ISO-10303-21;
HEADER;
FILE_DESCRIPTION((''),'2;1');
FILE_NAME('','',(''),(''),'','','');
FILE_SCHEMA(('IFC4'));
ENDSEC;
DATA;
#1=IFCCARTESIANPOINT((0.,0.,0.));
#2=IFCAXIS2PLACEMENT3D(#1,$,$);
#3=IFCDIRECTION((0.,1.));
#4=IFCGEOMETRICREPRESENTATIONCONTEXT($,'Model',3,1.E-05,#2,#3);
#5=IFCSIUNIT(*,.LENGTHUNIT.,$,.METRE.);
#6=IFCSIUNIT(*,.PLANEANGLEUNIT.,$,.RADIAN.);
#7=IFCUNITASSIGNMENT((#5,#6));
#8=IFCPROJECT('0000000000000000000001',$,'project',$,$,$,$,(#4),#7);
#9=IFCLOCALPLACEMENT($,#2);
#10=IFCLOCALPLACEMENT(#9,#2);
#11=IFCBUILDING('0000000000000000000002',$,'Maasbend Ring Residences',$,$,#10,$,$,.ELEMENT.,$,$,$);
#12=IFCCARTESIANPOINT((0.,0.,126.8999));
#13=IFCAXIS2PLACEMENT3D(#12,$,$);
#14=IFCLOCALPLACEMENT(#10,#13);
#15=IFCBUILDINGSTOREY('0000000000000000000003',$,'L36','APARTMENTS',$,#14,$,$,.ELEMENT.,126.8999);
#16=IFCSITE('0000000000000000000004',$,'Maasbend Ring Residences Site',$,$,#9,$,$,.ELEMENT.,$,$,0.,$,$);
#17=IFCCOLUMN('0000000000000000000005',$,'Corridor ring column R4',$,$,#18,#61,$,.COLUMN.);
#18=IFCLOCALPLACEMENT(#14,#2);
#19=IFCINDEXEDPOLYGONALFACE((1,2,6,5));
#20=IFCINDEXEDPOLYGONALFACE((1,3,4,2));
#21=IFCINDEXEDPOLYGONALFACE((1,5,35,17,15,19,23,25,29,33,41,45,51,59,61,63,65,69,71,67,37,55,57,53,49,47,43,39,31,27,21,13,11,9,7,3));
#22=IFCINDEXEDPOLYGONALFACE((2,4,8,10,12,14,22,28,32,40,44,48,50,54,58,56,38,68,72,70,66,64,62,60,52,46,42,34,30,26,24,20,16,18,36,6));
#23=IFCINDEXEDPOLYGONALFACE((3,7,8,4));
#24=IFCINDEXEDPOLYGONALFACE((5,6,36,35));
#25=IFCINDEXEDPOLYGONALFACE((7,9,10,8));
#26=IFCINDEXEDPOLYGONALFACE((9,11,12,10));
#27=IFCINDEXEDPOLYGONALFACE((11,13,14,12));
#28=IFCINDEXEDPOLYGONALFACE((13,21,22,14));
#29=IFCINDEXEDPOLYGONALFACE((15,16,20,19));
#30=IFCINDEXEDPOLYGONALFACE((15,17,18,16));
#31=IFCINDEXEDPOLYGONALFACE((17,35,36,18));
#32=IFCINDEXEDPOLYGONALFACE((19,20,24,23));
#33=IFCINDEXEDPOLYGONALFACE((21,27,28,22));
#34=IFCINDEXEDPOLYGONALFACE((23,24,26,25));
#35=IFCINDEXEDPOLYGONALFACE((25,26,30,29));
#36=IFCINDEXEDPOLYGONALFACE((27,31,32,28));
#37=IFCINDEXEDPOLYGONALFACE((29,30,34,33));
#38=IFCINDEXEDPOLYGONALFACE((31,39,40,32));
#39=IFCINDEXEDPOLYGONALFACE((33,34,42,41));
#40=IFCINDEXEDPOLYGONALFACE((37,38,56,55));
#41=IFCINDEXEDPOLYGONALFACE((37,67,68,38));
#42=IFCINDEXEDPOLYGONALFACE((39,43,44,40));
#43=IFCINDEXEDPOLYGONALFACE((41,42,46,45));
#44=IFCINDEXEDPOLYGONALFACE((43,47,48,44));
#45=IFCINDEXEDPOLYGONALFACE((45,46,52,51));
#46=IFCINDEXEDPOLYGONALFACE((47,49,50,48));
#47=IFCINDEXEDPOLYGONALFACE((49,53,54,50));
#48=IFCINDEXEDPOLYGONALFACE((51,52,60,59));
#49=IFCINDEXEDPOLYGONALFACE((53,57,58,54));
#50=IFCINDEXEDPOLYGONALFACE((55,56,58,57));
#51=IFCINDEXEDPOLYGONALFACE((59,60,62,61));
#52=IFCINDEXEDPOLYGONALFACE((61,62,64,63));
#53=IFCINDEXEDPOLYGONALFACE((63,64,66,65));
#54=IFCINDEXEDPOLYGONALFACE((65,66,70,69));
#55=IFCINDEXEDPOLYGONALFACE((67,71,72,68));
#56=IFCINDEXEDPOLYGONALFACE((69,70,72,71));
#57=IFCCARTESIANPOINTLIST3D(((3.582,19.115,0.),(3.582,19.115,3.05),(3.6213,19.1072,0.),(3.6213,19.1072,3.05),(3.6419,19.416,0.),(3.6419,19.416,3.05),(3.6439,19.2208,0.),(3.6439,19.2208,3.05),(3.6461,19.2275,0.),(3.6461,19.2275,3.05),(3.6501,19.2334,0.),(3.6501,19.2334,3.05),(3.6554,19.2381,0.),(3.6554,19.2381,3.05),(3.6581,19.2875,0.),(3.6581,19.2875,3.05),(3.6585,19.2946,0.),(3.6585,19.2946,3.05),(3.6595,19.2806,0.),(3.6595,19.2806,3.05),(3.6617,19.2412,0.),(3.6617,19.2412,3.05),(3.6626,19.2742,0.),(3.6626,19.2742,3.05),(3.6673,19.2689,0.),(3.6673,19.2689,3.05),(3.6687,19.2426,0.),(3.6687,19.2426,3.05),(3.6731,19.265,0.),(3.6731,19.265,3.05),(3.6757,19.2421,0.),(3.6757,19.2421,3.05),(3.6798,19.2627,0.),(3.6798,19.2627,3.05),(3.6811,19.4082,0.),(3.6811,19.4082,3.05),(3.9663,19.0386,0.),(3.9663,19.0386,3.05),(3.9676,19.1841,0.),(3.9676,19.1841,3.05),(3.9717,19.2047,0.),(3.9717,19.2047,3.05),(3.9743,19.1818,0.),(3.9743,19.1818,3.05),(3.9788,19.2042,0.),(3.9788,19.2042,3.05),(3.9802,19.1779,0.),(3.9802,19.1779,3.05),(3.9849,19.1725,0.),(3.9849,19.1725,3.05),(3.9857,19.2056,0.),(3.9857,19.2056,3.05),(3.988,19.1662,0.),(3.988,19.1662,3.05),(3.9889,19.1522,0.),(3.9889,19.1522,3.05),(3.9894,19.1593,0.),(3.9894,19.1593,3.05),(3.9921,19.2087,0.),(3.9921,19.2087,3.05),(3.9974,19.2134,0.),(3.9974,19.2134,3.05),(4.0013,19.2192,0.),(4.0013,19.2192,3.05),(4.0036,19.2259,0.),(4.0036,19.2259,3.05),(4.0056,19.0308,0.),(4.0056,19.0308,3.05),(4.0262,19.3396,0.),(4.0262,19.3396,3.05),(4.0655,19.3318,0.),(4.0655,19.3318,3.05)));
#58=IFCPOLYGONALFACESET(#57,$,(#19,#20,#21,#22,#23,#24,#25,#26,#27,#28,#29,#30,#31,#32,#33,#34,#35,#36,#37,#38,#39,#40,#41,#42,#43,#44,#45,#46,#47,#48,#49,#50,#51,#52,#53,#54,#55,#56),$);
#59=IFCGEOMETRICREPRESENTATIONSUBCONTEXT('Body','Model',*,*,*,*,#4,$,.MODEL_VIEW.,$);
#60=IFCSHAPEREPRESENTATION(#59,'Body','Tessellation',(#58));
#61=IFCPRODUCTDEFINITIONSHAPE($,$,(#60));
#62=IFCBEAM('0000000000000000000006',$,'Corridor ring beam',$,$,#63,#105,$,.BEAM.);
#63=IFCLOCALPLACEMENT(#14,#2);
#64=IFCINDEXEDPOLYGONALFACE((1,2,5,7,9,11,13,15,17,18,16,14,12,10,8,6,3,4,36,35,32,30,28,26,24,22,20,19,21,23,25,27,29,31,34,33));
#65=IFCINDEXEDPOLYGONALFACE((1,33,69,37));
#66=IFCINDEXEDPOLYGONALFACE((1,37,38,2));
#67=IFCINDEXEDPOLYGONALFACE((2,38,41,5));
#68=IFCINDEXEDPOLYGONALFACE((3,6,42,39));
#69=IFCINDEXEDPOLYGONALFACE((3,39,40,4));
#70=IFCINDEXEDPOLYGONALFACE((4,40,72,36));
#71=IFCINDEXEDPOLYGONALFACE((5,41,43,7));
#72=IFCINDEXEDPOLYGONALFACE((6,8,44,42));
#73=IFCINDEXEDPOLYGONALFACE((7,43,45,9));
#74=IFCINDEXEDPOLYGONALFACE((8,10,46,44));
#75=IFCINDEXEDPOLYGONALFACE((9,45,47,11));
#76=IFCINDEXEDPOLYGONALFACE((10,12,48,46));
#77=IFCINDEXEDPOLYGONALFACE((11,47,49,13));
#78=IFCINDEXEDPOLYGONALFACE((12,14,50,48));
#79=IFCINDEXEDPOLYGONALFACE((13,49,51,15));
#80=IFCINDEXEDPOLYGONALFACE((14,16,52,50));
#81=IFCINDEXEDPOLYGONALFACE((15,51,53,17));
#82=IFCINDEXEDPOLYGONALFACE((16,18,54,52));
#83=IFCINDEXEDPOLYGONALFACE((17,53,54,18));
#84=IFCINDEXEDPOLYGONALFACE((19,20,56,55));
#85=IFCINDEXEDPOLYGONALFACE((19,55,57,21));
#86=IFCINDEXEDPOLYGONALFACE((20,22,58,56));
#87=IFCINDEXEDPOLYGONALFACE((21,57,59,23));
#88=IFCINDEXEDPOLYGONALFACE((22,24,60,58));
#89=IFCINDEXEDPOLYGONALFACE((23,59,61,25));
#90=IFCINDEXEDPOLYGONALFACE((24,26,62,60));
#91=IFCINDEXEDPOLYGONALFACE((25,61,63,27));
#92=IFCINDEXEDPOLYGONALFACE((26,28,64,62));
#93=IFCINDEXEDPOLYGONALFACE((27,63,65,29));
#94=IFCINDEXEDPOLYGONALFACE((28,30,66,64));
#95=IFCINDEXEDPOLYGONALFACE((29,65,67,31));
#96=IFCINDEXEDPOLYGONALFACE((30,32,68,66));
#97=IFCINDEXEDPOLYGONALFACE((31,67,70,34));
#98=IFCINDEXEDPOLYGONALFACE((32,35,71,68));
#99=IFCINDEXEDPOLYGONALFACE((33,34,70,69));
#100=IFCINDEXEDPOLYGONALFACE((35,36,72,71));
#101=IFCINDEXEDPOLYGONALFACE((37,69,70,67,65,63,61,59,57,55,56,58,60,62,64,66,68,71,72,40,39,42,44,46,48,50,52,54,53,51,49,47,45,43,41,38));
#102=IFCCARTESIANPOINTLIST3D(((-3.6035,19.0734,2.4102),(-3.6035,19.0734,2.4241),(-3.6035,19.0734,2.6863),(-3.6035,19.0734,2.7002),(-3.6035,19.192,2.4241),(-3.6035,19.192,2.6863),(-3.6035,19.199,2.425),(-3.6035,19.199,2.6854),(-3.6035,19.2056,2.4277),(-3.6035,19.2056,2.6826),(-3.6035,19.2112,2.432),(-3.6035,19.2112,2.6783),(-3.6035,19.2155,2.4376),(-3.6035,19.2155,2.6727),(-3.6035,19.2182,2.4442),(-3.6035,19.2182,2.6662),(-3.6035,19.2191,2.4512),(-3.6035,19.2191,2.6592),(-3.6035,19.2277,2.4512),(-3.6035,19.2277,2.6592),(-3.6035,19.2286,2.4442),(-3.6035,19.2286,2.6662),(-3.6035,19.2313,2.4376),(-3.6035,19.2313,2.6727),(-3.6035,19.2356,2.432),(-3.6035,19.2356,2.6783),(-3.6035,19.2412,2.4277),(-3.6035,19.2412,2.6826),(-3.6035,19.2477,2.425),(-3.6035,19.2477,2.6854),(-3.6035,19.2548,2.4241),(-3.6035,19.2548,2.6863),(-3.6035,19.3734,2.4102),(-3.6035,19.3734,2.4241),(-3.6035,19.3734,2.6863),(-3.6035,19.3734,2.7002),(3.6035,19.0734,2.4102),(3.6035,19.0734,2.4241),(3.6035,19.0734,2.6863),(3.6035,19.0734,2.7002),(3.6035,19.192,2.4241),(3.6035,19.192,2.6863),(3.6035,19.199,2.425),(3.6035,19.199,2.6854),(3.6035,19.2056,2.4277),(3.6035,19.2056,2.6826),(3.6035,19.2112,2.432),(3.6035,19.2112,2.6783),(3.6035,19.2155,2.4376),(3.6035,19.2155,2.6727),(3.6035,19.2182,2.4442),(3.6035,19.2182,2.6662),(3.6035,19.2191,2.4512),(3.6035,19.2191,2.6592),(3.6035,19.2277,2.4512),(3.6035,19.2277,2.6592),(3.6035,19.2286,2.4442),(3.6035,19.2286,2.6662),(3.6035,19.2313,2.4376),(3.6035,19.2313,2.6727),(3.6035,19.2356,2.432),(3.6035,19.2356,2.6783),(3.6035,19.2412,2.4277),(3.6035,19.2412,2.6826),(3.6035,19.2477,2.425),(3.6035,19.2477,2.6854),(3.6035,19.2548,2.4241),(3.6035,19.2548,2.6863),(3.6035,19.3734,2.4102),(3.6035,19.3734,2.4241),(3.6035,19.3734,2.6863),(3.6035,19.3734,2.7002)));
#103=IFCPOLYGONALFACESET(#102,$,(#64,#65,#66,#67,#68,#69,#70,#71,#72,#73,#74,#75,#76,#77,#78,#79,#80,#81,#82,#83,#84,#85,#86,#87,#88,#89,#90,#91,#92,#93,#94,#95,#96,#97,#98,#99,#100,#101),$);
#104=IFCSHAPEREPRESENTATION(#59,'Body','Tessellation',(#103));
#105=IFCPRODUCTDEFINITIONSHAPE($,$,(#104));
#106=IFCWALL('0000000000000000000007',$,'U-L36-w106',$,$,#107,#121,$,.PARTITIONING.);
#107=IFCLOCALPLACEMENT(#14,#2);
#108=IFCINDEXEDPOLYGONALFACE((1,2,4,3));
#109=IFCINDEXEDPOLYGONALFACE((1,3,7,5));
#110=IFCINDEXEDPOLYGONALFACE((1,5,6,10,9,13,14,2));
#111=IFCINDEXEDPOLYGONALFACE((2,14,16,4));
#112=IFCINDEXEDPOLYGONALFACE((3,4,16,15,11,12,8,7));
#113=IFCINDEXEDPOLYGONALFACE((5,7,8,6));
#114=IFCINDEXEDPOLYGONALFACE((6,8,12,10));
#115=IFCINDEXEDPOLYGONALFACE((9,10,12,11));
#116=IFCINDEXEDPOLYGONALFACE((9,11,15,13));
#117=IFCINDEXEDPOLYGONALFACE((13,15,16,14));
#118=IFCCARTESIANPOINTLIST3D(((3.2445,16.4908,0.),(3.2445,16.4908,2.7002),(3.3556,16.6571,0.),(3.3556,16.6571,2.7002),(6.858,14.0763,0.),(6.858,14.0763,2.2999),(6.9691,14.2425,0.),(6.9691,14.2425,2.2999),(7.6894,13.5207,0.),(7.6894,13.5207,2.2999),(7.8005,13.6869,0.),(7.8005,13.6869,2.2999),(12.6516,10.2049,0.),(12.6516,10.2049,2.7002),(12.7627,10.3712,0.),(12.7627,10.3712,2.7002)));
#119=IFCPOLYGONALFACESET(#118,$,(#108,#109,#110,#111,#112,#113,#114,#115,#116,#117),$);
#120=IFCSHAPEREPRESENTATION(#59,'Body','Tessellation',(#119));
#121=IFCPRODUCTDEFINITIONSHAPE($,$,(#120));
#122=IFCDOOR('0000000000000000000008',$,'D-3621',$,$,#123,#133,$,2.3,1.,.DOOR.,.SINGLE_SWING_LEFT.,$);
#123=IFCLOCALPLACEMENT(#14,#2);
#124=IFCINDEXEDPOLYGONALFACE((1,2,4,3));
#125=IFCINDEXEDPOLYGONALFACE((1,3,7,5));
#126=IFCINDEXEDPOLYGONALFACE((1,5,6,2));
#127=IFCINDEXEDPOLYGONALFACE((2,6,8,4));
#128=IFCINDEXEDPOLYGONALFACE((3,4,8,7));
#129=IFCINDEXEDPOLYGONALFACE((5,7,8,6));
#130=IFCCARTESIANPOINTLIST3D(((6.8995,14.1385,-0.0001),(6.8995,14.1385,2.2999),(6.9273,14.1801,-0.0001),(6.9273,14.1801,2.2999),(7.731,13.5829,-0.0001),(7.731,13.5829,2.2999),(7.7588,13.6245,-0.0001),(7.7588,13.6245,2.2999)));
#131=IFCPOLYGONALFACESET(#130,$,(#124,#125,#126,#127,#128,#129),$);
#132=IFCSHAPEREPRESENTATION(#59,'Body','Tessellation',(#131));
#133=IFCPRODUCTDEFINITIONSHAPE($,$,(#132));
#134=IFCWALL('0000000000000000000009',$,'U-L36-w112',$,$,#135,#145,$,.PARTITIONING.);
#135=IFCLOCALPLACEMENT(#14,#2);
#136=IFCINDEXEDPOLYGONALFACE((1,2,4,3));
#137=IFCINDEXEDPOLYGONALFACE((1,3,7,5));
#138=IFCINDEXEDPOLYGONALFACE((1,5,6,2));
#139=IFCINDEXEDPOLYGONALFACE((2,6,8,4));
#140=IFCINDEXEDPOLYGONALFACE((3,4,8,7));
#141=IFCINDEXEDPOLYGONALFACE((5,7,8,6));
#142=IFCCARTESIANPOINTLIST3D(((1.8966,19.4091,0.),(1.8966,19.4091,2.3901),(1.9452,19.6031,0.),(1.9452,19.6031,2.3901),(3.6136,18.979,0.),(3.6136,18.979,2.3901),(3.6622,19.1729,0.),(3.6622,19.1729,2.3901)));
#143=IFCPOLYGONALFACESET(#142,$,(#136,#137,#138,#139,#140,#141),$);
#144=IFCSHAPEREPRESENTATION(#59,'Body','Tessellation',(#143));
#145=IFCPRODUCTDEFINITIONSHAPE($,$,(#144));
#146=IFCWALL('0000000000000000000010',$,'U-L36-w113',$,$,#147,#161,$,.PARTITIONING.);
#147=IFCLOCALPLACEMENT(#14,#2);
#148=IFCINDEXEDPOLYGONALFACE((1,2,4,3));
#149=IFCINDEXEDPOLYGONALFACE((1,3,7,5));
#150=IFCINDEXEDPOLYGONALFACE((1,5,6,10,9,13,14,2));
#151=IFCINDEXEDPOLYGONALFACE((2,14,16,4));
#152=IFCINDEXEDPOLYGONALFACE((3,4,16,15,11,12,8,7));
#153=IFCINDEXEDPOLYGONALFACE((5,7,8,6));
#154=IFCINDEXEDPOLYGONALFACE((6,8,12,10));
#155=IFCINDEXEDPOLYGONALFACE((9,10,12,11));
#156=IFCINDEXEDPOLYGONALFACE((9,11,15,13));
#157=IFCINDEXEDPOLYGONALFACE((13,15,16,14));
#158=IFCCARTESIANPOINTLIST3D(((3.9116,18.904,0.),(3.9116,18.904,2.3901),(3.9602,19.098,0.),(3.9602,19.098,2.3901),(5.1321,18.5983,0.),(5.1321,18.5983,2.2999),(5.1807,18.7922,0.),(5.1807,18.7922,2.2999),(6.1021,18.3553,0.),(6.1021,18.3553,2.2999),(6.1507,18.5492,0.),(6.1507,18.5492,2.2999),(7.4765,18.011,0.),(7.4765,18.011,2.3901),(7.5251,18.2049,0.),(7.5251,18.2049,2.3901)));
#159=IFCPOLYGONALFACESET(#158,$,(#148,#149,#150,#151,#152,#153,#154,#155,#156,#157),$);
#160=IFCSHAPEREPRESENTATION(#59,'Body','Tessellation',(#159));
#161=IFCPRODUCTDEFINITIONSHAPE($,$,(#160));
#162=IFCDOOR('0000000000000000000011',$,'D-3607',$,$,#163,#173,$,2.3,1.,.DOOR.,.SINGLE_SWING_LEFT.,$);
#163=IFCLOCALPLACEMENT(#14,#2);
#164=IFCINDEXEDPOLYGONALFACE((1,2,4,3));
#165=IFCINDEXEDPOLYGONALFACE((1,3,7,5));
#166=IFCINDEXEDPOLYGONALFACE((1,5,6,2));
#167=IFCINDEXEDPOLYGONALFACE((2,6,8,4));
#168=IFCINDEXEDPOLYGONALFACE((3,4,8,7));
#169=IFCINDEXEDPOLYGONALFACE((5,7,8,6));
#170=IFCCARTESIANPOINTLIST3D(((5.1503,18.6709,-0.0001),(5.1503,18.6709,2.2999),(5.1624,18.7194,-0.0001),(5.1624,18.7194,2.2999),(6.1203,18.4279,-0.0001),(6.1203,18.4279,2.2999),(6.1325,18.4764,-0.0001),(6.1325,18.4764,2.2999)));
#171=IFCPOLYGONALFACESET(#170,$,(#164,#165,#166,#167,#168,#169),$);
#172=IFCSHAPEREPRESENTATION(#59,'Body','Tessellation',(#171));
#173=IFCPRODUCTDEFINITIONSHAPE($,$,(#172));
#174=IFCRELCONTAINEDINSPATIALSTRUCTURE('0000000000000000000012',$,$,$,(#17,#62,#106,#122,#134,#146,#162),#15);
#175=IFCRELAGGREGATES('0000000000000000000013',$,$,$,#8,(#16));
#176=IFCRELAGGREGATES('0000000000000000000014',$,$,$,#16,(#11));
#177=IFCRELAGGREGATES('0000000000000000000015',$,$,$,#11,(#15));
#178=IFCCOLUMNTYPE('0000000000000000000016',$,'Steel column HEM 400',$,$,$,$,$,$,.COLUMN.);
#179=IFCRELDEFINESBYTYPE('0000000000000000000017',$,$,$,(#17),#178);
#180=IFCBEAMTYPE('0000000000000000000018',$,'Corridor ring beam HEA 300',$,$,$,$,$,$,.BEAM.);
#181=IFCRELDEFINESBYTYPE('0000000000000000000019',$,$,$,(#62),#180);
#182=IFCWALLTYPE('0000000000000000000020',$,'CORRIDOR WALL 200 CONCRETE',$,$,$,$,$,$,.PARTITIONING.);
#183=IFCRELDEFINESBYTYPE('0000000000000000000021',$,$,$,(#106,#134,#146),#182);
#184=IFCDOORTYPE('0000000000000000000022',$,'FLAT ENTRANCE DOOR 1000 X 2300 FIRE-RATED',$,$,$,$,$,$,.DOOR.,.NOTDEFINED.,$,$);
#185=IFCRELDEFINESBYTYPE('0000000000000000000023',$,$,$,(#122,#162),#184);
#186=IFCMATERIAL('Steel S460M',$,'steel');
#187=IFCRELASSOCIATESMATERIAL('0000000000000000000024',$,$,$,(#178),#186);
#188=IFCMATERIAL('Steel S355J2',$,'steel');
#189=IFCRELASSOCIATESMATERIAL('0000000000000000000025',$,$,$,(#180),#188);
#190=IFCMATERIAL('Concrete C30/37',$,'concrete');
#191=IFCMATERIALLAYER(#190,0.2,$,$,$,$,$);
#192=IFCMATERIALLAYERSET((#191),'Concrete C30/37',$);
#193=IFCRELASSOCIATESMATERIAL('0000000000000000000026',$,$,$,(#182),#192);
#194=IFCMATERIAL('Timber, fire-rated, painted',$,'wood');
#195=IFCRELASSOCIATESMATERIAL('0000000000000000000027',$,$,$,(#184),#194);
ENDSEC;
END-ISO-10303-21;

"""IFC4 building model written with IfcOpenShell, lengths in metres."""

from ifc_helpers import new_model, si_unit, direction, frame, frame_2d, origin, origin_2d, place, context, subcontext, project, spatial, rectangle, i_section, extrude, material, layer, layer_set, material_profile, profile_set, type_object, element, fill, save


model = new_model("IFC4")

# Units and contexts
model_context = context("Model", 3, precision=1e-05, world=origin(), true_north=direction((0.0, 1.0)))
body_context = subcontext(model_context, "Body", "Model", "MODEL_VIEW")
ifc_project = project(units=[si_unit("LENGTHUNIT", "METRE"), si_unit("PLANEANGLEUNIT", "RADIAN")], contexts=[model_context])

# Site, building, storey
site_placement = place(None, origin())
site = spatial("IfcSite", under=ifc_project, at=site_placement, Name="Maasbend Ring Residences Site", CompositionType="ELEMENT", RefElevation=0.0)
building_placement = place(site_placement, origin())
building = spatial("IfcBuilding", under=site, at=building_placement, Name="Maasbend Ring Residences", CompositionType="ELEMENT")
storey_placement = place(building_placement, frame((0.0, 0.0, 126.8999)))
storey = spatial("IfcBuildingStorey", under=building, at=storey_placement, Name="L36", Description="APARTMENTS", CompositionType="ELEMENT", Elevation=126.8999)

# Column
ifc_material_1 = material(Name="Steel S460M", Category="steel")
ifc_material_profile_1 = material_profile(ifc_material_1, i_section(OverallWidth=0.3069, OverallDepth=0.4319, WebThickness=0.021, FlangeThickness=0.04, FilletRadius=0.0271, at=origin_2d()), Name="HEM 400")
ifc_profile_set_1 = profile_set([ifc_material_profile_1], Name="Steel S460M")
column_type = type_object("IfcColumnType", Name="Steel column HEM 400", PredefinedType="COLUMN", material=ifc_profile_set_1)
column_placement = place(storey_placement, frame((3.8237, 19.2234, 0.0), z_axis=(0.0, 0.0, 1.0), x_axis=(0.19509, 0.980785, 0.0)))
element("IfcColumn", 1, at=column_placement, inside=storey, type_object=column_type, Name="Corridor ring column R4", PredefinedType="COLUMN", context=body_context, shape_type="SweptSolid", body=[
    extrude(i_section(OverallWidth=0.3069, OverallDepth=0.4319, WebThickness=0.021, FlangeThickness=0.04, FilletRadius=0.0271, at=origin_2d()), origin(), (0.0, 0.0, 1.0), 3.05),
])

# Beam
ifc_material_2 = material(Name="Steel S355J2", Category="steel")
ifc_material_profile_2 = material_profile(ifc_material_2, i_section(OverallWidth=0.3, OverallDepth=0.29, WebThickness=0.0085, FlangeThickness=0.0139, FilletRadius=0.0271, at=origin_2d()), Name="HEA 300")
ifc_profile_set_2 = profile_set([ifc_material_profile_2], Name="Steel S355J2")
beam_type = type_object("IfcBeamType", Name="Corridor ring beam HEA 300", PredefinedType="BEAM", material=ifc_profile_set_2)
beam_placement = place(storey_placement, frame((3.6035, 19.2234, 2.5552), z_axis=(-1.0, 0.0, 0.0), x_axis=(0.0, -1.0, 0.0)))
element("IfcBeam", 2, at=beam_placement, inside=storey, type_object=beam_type, Name="Corridor ring beam", PredefinedType="BEAM", context=body_context, shape_type="SweptSolid", body=[
    extrude(i_section(OverallWidth=0.3, OverallDepth=0.29, WebThickness=0.0085, FlangeThickness=0.0139, FilletRadius=0.0271, at=origin_2d()), origin(), (0.0, 0.0, 1.0), 7.207),
])

# Wall, opening, door
ifc_material_3 = material(Name="Concrete C30/37", Category="concrete")
ifc_layer_1 = layer(ifc_material_3, 0.2)
ifc_layer_set_1 = layer_set([ifc_layer_1], Name="Concrete C30/37")
wall_type_1 = type_object("IfcWallType", Name="CORRIDOR WALL 200 CONCRETE", PredefinedType="PARTITIONING", material=ifc_layer_set_1)
wall_1_placement = place(storey_placement, frame((3.3, 16.574, 0.0), z_axis=(0.0, 0.0, 1.0), x_axis=(0.831456, -0.555591, 0.0)))
wall_1 = element("IfcWall", 3, at=wall_1_placement, inside=storey, type_object=wall_type_1, Name="U-L36-w106", PredefinedType="PARTITIONING", context=body_context, shape_type="SweptSolid", body=[
    extrude(rectangle(XDim=11.314, YDim=0.2, at=frame_2d((5.657, 0.0))), origin(), (0.0, 0.0, 1.0), 2.7002),
])
opening_1_placement = place(wall_1_placement, frame((4.3459, 0.0, 0.0)))
opening_1 = element("IfcOpeningElement", 4, at=opening_1_placement, cuts=wall_1, PredefinedType="OPENING", context=body_context, shape_type="SweptSolid", body=[
    extrude(rectangle(XDim=1.0, YDim=2.3, at=frame_2d((0.5, 1.1499))), frame((0.0, 0.1099, 0.0), z_axis=(0.0, -1.0, 0.0), x_axis=(1.0, 0.0, 0.0)), (0.0, 0.0, 1.0), 0.22),
])
ifc_material_4 = material(Name="Timber, fire-rated, painted", Category="wood")
door_type_1 = type_object("IfcDoorType", Name="FLAT ENTRANCE DOOR 1000 X 2300 FIRE-RATED", OperationType="NOTDEFINED", PredefinedType="DOOR", material=ifc_material_4)
door_1_placement = place(opening_1_placement, origin())
door_1 = element("IfcDoor", 5, at=door_1_placement, inside=storey, type_object=door_type_1, Name="D-3621", OperationType="SINGLE_SWING_LEFT", OverallHeight=2.3, OverallWidth=1.0, PredefinedType="DOOR", context=body_context, shape_type="SweptSolid", body=[
    extrude(rectangle(XDim=1.0, YDim=2.3, at=frame_2d((0.5, 1.1499))), frame((0.0, 0.0249, 0.0), z_axis=(0.0, -1.0, 0.0), x_axis=(1.0, 0.0, 0.0)), (0.0, 0.0, 1.0), 0.05),
])
fill(opening_1, door_1)

# Wall
wall_2_placement = place(storey_placement, frame((1.9209, 19.5061, 0.0), z_axis=(0.0, 0.0, 1.0), x_axis=(0.970021, -0.243022, 0.0)))
element("IfcWall", 6, at=wall_2_placement, inside=storey, type_object=wall_type_1, Name="U-L36-w112", PredefinedType="PARTITIONING", context=body_context, shape_type="SweptSolid", body=[
    extrude(rectangle(XDim=1.77, YDim=0.2, at=frame_2d((0.885, 0.0))), origin(), (0.0, 0.0, 1.0), 2.3901),
])

# Wall, opening, door
wall_3_placement = place(storey_placement, frame((3.936, 19.001, 0.0), z_axis=(0.0, 0.0, 1.0), x_axis=(0.970025, -0.243005, 0.0)))
wall_3 = element("IfcWall", 7, at=wall_3_placement, inside=storey, type_object=wall_type_1, Name="U-L36-w113", PredefinedType="PARTITIONING", context=body_context, shape_type="SweptSolid", body=[
    extrude(rectangle(XDim=3.675, YDim=0.2, at=frame_2d((1.8374, 0.0))), origin(), (0.0, 0.0, 1.0), 2.3901),
])
opening_2_placement = place(wall_3_placement, frame((1.2581, 0.0, 0.0)))
opening_2 = element("IfcOpeningElement", 8, at=opening_2_placement, cuts=wall_3, PredefinedType="OPENING", context=body_context, shape_type="SweptSolid", body=[
    extrude(rectangle(XDim=1.0, YDim=2.3, at=frame_2d((0.5, 1.1499))), frame((0.0, 0.1099, 0.0), z_axis=(0.0, -1.0, 0.0), x_axis=(1.0, 0.0, 0.0)), (0.0, 0.0, 1.0), 0.22),
])
door_2_placement = place(opening_2_placement, origin())
door_2 = element("IfcDoor", 9, at=door_2_placement, inside=storey, type_object=door_type_1, Name="D-3607", OperationType="SINGLE_SWING_LEFT", OverallHeight=2.3, OverallWidth=1.0, PredefinedType="DOOR", context=body_context, shape_type="SweptSolid", body=[
    extrude(rectangle(XDim=1.0, YDim=2.3, at=frame_2d((0.5, 1.1499))), frame((0.0, 0.0249, 0.0), z_axis=(0.0, -1.0, 0.0), x_axis=(1.0, 0.0, 0.0)), (0.0, 0.0, 1.0), 0.05),
])
fill(opening_2, door_2)

save(model, "model.ifc")
